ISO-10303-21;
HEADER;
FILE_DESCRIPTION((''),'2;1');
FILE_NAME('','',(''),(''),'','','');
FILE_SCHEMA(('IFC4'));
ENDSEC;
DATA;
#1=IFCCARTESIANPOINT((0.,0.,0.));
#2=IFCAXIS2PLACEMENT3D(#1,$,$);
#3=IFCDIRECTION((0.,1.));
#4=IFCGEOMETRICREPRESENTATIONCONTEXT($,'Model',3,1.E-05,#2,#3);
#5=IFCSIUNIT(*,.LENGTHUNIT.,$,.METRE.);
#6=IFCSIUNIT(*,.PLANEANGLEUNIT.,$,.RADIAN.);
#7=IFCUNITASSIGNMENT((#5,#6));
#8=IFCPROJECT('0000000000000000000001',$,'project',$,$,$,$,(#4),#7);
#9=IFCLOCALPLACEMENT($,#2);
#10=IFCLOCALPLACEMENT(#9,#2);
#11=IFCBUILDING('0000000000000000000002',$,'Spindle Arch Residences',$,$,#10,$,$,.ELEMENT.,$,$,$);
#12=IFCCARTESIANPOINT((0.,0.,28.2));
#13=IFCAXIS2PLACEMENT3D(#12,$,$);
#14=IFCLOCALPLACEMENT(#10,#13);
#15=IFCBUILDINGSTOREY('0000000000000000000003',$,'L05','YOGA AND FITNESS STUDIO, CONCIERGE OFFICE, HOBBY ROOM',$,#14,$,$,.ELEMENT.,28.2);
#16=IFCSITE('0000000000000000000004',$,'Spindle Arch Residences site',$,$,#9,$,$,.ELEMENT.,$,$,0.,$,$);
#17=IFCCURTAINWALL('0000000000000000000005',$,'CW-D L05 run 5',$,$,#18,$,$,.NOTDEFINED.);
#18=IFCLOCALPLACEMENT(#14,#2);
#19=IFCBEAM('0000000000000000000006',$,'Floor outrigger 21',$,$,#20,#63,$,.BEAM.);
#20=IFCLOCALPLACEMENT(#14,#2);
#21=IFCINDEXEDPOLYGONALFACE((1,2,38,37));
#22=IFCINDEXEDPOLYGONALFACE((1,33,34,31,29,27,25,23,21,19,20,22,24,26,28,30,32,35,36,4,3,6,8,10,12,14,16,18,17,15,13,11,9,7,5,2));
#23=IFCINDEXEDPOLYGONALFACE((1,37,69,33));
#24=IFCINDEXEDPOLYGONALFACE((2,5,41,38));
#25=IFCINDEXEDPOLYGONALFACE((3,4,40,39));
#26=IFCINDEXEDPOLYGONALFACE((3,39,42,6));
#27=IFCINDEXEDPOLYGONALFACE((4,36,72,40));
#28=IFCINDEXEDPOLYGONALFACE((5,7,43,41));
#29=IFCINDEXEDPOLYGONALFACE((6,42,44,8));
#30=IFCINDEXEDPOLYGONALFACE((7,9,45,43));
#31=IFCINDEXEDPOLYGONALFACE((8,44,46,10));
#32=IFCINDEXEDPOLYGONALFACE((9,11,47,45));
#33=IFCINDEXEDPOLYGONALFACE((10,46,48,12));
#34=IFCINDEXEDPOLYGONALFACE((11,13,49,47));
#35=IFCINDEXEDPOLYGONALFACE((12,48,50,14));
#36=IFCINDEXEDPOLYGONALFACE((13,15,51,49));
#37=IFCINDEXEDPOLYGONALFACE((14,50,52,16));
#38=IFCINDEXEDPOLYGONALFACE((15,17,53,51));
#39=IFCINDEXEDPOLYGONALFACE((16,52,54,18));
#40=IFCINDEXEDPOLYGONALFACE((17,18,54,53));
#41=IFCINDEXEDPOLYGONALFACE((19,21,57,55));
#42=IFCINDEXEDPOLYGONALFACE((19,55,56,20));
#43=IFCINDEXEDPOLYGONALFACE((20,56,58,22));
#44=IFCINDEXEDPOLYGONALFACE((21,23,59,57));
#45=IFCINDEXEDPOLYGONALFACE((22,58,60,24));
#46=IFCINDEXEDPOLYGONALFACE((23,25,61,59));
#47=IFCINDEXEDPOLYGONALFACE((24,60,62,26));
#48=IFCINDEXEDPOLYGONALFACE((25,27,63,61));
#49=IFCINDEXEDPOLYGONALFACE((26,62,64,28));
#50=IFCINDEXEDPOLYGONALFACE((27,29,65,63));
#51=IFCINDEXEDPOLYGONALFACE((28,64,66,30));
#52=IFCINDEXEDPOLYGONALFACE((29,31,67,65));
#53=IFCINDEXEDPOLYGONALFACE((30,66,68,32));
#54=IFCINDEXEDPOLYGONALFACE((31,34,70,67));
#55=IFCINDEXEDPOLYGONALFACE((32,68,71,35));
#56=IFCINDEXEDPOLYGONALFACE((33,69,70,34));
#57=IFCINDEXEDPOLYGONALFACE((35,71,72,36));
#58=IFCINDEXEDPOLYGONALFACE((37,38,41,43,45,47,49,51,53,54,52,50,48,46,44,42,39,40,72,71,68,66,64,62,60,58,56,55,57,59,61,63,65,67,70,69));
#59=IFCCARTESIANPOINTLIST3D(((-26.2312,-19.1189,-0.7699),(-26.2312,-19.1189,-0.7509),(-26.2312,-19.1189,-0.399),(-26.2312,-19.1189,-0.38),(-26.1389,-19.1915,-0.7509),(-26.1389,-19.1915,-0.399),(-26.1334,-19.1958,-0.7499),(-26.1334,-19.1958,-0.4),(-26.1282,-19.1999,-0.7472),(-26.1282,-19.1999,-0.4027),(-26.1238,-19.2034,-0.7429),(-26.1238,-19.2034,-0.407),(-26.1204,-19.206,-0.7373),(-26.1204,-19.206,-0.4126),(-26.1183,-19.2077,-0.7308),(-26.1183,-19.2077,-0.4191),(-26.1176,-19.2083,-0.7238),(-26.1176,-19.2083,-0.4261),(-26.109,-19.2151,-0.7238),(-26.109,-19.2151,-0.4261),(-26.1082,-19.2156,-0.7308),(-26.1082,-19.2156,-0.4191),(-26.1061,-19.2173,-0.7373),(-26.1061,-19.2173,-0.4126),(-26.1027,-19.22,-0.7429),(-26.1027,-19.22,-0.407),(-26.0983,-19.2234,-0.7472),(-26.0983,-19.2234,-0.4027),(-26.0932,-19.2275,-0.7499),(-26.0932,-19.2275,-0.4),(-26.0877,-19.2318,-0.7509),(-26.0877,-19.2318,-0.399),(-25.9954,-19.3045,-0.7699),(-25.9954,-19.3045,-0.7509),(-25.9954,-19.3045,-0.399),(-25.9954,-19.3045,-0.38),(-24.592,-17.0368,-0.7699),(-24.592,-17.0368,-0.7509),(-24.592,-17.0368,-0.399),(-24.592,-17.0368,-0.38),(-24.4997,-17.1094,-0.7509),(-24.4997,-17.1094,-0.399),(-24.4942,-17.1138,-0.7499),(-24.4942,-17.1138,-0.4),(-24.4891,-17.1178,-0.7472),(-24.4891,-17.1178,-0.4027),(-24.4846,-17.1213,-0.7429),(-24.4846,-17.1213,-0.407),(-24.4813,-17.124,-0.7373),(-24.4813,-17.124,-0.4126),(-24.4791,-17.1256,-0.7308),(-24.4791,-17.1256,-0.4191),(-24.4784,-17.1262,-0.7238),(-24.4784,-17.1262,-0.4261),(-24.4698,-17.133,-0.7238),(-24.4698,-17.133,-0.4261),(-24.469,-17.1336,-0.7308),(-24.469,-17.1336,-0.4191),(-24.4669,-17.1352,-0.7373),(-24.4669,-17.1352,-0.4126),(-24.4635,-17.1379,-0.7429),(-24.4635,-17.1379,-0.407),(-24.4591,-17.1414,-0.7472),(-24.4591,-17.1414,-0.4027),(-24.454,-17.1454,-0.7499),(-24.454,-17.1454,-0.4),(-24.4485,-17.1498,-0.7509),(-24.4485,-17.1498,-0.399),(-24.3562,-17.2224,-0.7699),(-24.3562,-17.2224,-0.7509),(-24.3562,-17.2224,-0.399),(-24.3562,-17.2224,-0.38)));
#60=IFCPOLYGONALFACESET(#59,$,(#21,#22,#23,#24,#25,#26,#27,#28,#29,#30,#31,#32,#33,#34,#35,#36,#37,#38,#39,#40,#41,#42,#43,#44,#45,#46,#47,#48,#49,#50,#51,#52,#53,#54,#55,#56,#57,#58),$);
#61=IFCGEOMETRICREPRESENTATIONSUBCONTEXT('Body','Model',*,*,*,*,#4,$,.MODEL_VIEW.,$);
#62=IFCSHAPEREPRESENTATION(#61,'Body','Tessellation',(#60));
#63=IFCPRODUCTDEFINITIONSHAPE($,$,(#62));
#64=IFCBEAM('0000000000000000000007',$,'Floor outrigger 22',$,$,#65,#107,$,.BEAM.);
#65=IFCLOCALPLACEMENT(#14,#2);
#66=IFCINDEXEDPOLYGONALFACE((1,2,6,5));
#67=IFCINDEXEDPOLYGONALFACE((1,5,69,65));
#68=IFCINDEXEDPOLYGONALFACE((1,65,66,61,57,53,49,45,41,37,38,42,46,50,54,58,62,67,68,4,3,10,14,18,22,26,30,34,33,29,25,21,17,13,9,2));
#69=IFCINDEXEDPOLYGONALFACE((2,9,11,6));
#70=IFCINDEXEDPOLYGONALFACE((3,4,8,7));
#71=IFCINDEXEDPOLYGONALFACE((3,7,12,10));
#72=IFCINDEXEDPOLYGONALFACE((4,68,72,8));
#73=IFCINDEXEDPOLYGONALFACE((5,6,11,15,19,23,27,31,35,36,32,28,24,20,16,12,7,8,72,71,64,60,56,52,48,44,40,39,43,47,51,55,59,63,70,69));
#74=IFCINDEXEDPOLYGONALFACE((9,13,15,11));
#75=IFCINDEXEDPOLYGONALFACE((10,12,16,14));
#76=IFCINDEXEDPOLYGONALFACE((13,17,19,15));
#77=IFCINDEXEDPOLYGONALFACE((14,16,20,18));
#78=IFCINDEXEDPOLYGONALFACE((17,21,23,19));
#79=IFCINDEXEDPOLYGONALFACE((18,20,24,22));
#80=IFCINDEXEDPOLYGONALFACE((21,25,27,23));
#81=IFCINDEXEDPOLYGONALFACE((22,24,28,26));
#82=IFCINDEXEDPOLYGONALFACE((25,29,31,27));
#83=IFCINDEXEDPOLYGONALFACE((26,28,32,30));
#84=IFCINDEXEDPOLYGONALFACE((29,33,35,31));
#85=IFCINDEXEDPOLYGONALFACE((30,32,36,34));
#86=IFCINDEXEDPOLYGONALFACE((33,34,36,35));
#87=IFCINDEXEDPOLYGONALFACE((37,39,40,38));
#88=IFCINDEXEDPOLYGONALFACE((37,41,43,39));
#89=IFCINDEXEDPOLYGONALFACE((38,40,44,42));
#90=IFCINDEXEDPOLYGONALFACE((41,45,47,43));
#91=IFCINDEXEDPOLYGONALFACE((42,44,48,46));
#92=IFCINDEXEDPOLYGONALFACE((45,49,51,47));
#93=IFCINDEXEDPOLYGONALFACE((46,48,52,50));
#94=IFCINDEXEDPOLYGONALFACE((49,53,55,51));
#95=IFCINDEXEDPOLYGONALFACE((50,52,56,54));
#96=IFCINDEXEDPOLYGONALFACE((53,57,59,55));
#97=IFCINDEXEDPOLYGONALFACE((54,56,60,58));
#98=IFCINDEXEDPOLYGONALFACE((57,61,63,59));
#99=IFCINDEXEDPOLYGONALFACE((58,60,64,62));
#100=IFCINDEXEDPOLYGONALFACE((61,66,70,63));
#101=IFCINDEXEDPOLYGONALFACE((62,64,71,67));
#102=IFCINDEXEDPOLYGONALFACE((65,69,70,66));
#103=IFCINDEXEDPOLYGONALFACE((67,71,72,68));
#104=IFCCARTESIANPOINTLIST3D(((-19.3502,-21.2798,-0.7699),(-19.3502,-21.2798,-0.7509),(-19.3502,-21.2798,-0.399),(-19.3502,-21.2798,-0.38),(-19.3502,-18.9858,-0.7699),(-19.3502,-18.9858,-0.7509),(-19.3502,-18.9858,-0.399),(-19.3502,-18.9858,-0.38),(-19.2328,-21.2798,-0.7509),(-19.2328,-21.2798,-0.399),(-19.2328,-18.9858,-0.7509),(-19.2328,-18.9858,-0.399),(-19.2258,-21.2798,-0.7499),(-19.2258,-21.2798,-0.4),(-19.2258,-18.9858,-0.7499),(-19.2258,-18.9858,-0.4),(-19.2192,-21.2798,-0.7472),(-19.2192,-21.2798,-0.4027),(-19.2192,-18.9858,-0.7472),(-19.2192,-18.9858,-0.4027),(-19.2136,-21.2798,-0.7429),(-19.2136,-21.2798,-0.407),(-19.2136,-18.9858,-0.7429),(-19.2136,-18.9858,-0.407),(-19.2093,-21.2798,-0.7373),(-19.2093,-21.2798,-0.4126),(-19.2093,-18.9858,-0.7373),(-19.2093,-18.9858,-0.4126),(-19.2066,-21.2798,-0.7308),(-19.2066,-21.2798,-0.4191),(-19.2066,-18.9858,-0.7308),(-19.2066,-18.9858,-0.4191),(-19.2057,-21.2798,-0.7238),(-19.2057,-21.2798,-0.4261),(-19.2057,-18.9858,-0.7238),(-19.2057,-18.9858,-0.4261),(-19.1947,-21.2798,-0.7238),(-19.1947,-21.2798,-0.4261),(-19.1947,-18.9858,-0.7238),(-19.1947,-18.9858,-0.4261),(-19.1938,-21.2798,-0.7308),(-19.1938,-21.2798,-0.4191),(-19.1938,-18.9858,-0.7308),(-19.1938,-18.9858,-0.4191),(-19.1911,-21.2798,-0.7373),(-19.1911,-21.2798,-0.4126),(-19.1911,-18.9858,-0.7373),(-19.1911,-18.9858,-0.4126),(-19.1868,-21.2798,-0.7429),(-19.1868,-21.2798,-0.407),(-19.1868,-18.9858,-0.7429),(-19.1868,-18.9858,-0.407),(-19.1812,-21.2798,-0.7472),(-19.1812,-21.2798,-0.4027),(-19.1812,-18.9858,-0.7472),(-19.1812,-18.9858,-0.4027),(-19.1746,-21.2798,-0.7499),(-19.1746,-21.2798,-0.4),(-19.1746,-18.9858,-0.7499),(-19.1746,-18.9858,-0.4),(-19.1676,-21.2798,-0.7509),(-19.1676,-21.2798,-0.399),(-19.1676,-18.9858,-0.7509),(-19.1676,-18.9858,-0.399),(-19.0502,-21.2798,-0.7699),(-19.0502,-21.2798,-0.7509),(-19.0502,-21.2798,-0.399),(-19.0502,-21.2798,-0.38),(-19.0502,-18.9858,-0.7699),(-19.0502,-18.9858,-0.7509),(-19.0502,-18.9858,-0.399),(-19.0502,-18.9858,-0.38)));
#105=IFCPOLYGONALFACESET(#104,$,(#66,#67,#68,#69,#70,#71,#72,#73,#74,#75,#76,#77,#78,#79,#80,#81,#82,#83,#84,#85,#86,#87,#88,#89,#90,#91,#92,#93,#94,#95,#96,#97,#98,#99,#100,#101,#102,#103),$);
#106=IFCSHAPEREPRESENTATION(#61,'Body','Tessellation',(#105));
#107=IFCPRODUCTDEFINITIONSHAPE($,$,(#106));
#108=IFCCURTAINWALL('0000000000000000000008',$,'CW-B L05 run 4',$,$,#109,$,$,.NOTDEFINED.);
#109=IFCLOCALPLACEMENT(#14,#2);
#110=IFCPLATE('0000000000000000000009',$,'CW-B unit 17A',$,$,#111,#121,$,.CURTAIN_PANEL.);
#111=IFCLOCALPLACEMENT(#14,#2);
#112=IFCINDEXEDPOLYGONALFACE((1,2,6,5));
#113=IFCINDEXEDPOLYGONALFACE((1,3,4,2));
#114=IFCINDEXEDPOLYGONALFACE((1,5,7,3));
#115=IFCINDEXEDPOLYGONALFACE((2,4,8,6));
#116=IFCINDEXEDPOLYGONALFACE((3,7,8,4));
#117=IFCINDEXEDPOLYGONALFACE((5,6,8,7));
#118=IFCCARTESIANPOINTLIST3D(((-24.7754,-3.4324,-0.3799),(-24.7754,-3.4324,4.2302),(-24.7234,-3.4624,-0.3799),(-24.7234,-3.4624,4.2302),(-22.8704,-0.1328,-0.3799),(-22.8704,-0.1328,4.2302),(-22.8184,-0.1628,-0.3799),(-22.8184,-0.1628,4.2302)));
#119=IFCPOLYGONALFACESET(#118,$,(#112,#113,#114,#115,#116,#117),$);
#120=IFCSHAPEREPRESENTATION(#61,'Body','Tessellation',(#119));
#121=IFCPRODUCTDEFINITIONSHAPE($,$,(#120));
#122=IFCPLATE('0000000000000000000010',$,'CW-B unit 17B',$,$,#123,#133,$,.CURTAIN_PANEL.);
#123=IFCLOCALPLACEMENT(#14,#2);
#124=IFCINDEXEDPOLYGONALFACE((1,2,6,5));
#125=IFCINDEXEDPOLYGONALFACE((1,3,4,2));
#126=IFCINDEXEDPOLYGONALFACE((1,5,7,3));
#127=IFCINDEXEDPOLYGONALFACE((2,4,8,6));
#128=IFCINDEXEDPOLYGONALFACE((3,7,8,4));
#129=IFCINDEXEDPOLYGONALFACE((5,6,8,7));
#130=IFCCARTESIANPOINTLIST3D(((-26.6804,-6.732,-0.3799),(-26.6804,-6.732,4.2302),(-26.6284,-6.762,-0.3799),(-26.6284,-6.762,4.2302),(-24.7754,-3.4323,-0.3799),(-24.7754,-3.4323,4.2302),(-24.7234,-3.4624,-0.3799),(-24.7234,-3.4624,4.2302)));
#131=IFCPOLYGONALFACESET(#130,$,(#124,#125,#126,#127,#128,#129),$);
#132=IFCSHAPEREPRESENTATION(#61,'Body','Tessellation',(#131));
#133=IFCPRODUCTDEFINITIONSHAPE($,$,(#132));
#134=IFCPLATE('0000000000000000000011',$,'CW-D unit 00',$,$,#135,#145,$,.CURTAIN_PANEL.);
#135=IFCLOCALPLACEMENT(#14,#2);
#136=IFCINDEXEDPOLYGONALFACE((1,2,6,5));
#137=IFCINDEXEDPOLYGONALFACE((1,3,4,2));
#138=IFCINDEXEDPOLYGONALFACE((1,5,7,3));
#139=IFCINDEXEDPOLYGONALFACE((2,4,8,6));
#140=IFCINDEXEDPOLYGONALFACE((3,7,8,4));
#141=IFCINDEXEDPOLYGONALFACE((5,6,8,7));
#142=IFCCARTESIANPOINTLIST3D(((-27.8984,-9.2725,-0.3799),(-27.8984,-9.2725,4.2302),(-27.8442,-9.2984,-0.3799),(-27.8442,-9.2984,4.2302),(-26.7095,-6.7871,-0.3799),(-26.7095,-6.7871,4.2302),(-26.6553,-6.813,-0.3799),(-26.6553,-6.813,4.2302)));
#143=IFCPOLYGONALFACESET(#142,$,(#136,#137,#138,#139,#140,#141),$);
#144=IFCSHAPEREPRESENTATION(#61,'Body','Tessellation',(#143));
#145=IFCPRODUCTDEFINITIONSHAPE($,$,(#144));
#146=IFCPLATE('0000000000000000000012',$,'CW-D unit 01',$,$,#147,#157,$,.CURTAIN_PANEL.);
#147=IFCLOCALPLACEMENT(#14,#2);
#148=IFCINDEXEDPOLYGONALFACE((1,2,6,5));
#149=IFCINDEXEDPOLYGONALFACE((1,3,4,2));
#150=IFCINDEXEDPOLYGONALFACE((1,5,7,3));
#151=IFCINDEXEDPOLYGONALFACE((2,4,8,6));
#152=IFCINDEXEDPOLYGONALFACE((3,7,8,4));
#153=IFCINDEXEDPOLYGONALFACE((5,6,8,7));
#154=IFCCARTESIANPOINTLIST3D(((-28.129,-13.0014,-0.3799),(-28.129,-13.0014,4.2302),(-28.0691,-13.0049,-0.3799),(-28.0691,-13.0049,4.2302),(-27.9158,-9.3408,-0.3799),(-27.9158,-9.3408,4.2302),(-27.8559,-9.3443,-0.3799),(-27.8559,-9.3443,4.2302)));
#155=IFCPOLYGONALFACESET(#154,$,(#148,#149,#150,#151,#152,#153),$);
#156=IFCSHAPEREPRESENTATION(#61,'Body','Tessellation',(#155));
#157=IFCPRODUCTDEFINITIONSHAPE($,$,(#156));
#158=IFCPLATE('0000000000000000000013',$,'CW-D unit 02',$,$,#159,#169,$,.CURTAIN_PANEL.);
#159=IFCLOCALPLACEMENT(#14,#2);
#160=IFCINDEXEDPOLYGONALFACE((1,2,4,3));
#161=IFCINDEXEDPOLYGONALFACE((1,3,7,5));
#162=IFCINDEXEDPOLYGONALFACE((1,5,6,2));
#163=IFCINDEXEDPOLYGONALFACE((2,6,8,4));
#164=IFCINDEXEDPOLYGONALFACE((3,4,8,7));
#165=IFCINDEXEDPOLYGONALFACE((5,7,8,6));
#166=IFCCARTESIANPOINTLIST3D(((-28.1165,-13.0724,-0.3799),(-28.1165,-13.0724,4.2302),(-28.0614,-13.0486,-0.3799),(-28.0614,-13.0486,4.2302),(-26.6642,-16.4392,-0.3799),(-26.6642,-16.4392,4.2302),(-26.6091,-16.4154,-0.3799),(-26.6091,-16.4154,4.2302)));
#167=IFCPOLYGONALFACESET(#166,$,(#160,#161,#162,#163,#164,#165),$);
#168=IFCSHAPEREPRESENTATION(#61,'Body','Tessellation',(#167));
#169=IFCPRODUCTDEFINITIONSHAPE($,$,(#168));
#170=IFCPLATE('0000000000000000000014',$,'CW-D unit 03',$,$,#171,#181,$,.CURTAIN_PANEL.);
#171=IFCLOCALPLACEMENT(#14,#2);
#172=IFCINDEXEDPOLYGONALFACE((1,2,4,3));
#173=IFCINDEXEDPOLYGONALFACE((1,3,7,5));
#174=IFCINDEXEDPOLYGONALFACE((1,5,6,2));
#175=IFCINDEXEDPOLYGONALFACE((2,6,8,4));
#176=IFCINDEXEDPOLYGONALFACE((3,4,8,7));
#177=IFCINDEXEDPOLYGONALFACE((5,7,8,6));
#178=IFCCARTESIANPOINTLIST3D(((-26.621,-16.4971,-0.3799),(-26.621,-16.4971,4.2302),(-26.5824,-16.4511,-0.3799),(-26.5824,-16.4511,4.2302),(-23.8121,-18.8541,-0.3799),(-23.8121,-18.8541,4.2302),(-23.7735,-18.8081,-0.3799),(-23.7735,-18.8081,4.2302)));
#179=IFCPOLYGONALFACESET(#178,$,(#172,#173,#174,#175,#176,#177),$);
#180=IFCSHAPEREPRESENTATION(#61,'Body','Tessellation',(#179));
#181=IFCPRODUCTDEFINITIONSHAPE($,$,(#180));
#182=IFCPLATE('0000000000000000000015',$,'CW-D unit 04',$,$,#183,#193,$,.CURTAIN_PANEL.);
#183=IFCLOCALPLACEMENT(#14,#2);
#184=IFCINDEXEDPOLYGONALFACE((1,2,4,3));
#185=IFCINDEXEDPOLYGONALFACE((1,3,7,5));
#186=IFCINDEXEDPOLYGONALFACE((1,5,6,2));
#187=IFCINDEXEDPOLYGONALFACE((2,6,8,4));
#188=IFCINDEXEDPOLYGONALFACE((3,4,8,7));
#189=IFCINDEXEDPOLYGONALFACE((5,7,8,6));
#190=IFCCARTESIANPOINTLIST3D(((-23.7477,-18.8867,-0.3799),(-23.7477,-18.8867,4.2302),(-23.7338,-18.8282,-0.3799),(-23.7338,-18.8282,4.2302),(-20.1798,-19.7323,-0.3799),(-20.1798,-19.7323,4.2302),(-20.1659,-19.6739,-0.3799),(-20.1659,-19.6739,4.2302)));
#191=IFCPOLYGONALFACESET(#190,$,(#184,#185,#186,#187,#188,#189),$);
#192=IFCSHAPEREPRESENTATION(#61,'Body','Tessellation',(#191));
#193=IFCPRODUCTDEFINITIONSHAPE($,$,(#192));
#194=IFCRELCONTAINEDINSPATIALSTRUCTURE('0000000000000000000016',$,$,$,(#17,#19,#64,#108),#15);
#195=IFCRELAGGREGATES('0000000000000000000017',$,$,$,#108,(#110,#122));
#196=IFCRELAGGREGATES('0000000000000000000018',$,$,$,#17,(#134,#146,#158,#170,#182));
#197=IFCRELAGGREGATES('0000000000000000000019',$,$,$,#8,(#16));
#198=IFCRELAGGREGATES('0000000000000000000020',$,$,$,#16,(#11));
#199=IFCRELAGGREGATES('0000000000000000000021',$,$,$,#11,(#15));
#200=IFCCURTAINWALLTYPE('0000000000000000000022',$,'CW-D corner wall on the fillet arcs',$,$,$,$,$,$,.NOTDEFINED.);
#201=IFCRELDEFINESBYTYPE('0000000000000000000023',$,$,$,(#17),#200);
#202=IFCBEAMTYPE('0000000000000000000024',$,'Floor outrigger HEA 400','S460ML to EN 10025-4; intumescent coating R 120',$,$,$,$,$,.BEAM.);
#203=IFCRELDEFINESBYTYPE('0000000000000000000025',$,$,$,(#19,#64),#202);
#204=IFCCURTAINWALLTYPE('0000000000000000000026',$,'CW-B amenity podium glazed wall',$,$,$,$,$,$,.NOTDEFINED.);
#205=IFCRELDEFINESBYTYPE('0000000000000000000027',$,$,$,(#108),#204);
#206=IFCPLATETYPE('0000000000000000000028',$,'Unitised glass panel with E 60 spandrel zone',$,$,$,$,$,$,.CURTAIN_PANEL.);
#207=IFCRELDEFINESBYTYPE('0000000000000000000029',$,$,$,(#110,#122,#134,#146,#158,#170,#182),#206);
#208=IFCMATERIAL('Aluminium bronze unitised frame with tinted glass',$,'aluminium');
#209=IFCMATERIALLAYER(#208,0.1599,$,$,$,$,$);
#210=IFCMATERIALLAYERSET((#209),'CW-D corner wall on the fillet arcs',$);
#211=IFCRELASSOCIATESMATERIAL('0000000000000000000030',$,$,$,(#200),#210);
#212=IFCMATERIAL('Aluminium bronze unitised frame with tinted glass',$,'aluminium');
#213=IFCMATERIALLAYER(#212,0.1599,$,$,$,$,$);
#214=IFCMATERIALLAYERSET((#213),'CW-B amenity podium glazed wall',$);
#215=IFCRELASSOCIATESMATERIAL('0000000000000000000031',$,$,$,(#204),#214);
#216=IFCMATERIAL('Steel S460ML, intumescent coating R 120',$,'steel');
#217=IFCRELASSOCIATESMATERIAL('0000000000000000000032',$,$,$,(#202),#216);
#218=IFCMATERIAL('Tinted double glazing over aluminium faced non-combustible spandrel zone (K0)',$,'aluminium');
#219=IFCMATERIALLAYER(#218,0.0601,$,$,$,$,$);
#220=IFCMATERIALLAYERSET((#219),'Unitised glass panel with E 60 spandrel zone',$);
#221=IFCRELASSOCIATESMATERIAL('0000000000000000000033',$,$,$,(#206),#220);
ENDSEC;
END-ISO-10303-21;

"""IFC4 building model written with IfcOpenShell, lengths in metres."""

from ifc_helpers import new_model, si_unit, direction, frame, origin, origin_2d, place, context, subcontext, project, spatial, rectangle, i_section, extrude, material, layer, layer_set, material_profile, profile_set, type_object, element, aggregate, save


model = new_model("IFC4")

# Units and contexts
model_context = context("Model", 3, precision=1e-05, world=origin(), true_north=direction((0.0, 1.0)))
body_context = subcontext(model_context, "Body", "Model", "MODEL_VIEW")
ifc_project = project(units=[si_unit("LENGTHUNIT", "METRE"), si_unit("PLANEANGLEUNIT", "RADIAN")], contexts=[model_context])

# Site, building, storey
site_placement = place(None, origin())
site = spatial("IfcSite", under=ifc_project, at=site_placement, Name="Spindle Arch Residences site", CompositionType="ELEMENT", RefElevation=0.0)
building_placement = place(site_placement, origin())
building = spatial("IfcBuilding", under=site, at=building_placement, Name="Spindle Arch Residences", CompositionType="ELEMENT")
storey_placement = place(building_placement, frame((0.0, 0.0, 28.2)))
storey = spatial("IfcBuildingStorey", under=building, at=storey_placement, Name="L05", Description="YOGA AND FITNESS STUDIO, CONCIERGE OFFICE, HOBBY ROOM", CompositionType="ELEMENT", Elevation=28.2)

# Curtain wall
ifc_material_1 = material(Name="Aluminium bronze unitised frame with tinted glass", Category="aluminium")
ifc_layer_1 = layer(ifc_material_1, 0.1599)
ifc_layer_set_1 = layer_set([ifc_layer_1], Name="CW-D corner wall on the fillet arcs")
curtain_wall_type_1 = type_object("IfcCurtainWallType", Name="CW-D corner wall on the fillet arcs", PredefinedType="NOTDEFINED", material=ifc_layer_set_1)
curtain_wall_1_placement = place(storey_placement, origin())
curtain_wall_1 = element("IfcCurtainWall", 1, at=curtain_wall_1_placement, inside=storey, type_object=curtain_wall_type_1, Name="CW-D L05 run 5", PredefinedType="NOTDEFINED")

# Shared definitions
ifc_material_2 = material(Name="Aluminium bronze unitised frame with tinted glass", Category="aluminium")
ifc_layer_2 = layer(ifc_material_2, 0.1599)
ifc_layer_set_2 = layer_set([ifc_layer_2], Name="CW-B amenity podium glazed wall")
curtain_wall_type_2 = type_object("IfcCurtainWallType", Name="CW-B amenity podium glazed wall", PredefinedType="NOTDEFINED", material=ifc_layer_set_2)

# Beams
ifc_material_3 = material(Name="Steel S460ML, intumescent coating R 120", Category="steel")
ifc_material_profile_1 = material_profile(ifc_material_3, i_section(OverallWidth=0.3, OverallDepth=0.3899, WebThickness=0.011, FlangeThickness=0.019, FilletRadius=0.0271, at=origin_2d()), Name="HEA 400")
ifc_profile_set_1 = profile_set([ifc_material_profile_1], Name="Steel S460ML, intumescent coating R 120")
beam_type_1 = type_object("IfcBeamType", Name="Floor outrigger HEA 400", Description="S460ML to EN 10025-4; intumescent coating R 120", PredefinedType="BEAM", material=ifc_profile_set_1)
for number, where, z_axis, x_axis, name in (
    (2, (-26.1133, -19.2117, -0.575), (0.618586, 0.785717, 0.0), (-0.785717, 0.618586, 0.0), "Floor outrigger 21"),
):
    element("IfcBeam", number, at=place(storey_placement, frame(where, z_axis=z_axis, x_axis=x_axis)), inside=storey, type_object=beam_type_1, Name=name, PredefinedType="BEAM", context=body_context, shape_type="SweptSolid", body=[
        extrude(i_section(OverallWidth=0.3, OverallDepth=0.3899, WebThickness=0.011, FlangeThickness=0.019, FilletRadius=0.0271, at=origin_2d()), origin(), (0.0, 0.0, 1.0), 2.6499),
    ])
beam_1_placement = place(storey_placement, frame((-19.2002, -21.2798, -0.575), z_axis=(0.0, 1.0, 0.0), x_axis=(-1.0, 0.0, 0.0)))
element("IfcBeam", 3, at=beam_1_placement, inside=storey, type_object=beam_type_1, Name="Floor outrigger 22", PredefinedType="BEAM", context=body_context, shape_type="SweptSolid", body=[
    extrude(i_section(OverallWidth=0.3, OverallDepth=0.3899, WebThickness=0.011, FlangeThickness=0.019, FilletRadius=0.0271, at=origin_2d()), origin(), (0.0, 0.0, 1.0), 2.2939),
])

# Curtain wall, plates
curtain_wall_2_placement = place(storey_placement, origin())
curtain_wall_2 = element("IfcCurtainWall", 4, at=curtain_wall_2_placement, inside=storey, type_object=curtain_wall_type_2, Name="CW-B L05 run 4", PredefinedType="NOTDEFINED")
ifc_material_4 = material(Name="Tinted double glazing over aluminium faced non-combustible spandrel zone (K0)", Category="aluminium")
ifc_layer_3 = layer(ifc_material_4, 0.0601)
ifc_layer_set_3 = layer_set([ifc_layer_3], Name="Unitised glass panel with E 60 spandrel zone")
plate_type = type_object("IfcPlateType", Name="Unitised glass panel with E 60 spandrel zone", PredefinedType="CURTAIN_PANEL", material=ifc_layer_set_3)
plate_1_placement = place(storey_placement, frame((-23.7969, -1.7976, -0.3799), z_axis=(0.0, 0.0, 1.0), x_axis=(-0.5, -0.866025, 0.0)))
plate_1 = element("IfcPlate", 5, at=plate_1_placement, type_object=plate_type, Name="CW-B unit 17A", PredefinedType="CURTAIN_PANEL", context=body_context, shape_type="SweptSolid", body=[
    extrude(rectangle(XDim=3.8101, YDim=0.0601, at=origin_2d()), origin(), (0.0, 0.0, 1.0), 4.6101),
])
plate_2_placement = place(storey_placement, frame((-25.7019, -5.0972, -0.3799), z_axis=(0.0, 0.0, 1.0), x_axis=(-0.5, -0.866025, 0.0)))
plate_2 = element("IfcPlate", 6, at=plate_2_placement, type_object=plate_type, Name="CW-B unit 17B", PredefinedType="CURTAIN_PANEL", context=body_context, shape_type="SweptSolid", body=[
    extrude(rectangle(XDim=3.8101, YDim=0.0601, at=origin_2d()), origin(), (0.0, 0.0, 1.0), 4.6101),
])
aggregate(curtain_wall_2, [plate_1, plate_2])

# Plates
plate_3_placement = place(storey_placement, frame((-27.2769, -8.0427, -0.3799), z_axis=(0.0, 0.0, 1.0), x_axis=(-0.431502, -0.902112, 0.0)))
plate_3 = element("IfcPlate", 7, at=plate_3_placement, type_object=plate_type, Name="CW-D unit 00", PredefinedType="CURTAIN_PANEL", context=body_context, shape_type="SweptSolid", body=[
    extrude(rectangle(XDim=2.7551, YDim=0.0601, at=origin_2d()), origin(), (0.0, 0.0, 1.0), 4.6101),
])
plate_4_placement = place(storey_placement, frame((-27.9924, -11.1729, -0.3799), z_axis=(0.0, 0.0, 1.0), x_axis=(-0.058145, -0.998308, 0.0)))
plate_4 = element("IfcPlate", 8, at=plate_4_placement, type_object=plate_type, Name="CW-D unit 01", PredefinedType="CURTAIN_PANEL", context=body_context, shape_type="SweptSolid", body=[
    extrude(rectangle(XDim=3.6667, YDim=0.0601, at=origin_2d()), origin(), (0.0, 0.0, 1.0), 4.6101),
])
plate_5_placement = place(storey_placement, frame((-27.3628, -14.7439, -0.3799), z_axis=(0.0, 0.0, 1.0), x_axis=(0.39608, -0.918216, 0.0)))
plate_5 = element("IfcPlate", 9, at=plate_5_placement, type_object=plate_type, Name="CW-D unit 02", PredefinedType="CURTAIN_PANEL", context=body_context, shape_type="SweptSolid", body=[
    extrude(rectangle(XDim=3.6667, YDim=0.0601, at=origin_2d()), origin(), (0.0, 0.0, 1.0), 4.6101),
])
plate_6_placement = place(storey_placement, frame((-25.1973, -17.6526, -0.3799), z_axis=(0.0, 0.0, 1.0), x_axis=(0.766044, -0.642788, 0.0)))
plate_6 = element("IfcPlate", 10, at=plate_6_placement, type_object=plate_type, Name="CW-D unit 03", PredefinedType="CURTAIN_PANEL", context=body_context, shape_type="SweptSolid", body=[
    extrude(rectangle(XDim=3.6667, YDim=0.0601, at=origin_2d()), origin(), (0.0, 0.0, 1.0), 4.6101),
])
plate_7_placement = place(storey_placement, frame((-21.9568, -19.2803, -0.3799), z_axis=(0.0, 0.0, 1.0), x_axis=(0.973045, -0.230616, 0.0)))
plate_7 = element("IfcPlate", 11, at=plate_7_placement, type_object=plate_type, Name="CW-D unit 04", PredefinedType="CURTAIN_PANEL", context=body_context, shape_type="SweptSolid", body=[
    extrude(rectangle(XDim=3.6667, YDim=0.0601, at=origin_2d()), origin(), (0.0, 0.0, 1.0), 4.6101),
])
aggregate(curtain_wall_1, [plate_3, plate_4, plate_5, plate_6, plate_7])

save(model, "model.ifc")
